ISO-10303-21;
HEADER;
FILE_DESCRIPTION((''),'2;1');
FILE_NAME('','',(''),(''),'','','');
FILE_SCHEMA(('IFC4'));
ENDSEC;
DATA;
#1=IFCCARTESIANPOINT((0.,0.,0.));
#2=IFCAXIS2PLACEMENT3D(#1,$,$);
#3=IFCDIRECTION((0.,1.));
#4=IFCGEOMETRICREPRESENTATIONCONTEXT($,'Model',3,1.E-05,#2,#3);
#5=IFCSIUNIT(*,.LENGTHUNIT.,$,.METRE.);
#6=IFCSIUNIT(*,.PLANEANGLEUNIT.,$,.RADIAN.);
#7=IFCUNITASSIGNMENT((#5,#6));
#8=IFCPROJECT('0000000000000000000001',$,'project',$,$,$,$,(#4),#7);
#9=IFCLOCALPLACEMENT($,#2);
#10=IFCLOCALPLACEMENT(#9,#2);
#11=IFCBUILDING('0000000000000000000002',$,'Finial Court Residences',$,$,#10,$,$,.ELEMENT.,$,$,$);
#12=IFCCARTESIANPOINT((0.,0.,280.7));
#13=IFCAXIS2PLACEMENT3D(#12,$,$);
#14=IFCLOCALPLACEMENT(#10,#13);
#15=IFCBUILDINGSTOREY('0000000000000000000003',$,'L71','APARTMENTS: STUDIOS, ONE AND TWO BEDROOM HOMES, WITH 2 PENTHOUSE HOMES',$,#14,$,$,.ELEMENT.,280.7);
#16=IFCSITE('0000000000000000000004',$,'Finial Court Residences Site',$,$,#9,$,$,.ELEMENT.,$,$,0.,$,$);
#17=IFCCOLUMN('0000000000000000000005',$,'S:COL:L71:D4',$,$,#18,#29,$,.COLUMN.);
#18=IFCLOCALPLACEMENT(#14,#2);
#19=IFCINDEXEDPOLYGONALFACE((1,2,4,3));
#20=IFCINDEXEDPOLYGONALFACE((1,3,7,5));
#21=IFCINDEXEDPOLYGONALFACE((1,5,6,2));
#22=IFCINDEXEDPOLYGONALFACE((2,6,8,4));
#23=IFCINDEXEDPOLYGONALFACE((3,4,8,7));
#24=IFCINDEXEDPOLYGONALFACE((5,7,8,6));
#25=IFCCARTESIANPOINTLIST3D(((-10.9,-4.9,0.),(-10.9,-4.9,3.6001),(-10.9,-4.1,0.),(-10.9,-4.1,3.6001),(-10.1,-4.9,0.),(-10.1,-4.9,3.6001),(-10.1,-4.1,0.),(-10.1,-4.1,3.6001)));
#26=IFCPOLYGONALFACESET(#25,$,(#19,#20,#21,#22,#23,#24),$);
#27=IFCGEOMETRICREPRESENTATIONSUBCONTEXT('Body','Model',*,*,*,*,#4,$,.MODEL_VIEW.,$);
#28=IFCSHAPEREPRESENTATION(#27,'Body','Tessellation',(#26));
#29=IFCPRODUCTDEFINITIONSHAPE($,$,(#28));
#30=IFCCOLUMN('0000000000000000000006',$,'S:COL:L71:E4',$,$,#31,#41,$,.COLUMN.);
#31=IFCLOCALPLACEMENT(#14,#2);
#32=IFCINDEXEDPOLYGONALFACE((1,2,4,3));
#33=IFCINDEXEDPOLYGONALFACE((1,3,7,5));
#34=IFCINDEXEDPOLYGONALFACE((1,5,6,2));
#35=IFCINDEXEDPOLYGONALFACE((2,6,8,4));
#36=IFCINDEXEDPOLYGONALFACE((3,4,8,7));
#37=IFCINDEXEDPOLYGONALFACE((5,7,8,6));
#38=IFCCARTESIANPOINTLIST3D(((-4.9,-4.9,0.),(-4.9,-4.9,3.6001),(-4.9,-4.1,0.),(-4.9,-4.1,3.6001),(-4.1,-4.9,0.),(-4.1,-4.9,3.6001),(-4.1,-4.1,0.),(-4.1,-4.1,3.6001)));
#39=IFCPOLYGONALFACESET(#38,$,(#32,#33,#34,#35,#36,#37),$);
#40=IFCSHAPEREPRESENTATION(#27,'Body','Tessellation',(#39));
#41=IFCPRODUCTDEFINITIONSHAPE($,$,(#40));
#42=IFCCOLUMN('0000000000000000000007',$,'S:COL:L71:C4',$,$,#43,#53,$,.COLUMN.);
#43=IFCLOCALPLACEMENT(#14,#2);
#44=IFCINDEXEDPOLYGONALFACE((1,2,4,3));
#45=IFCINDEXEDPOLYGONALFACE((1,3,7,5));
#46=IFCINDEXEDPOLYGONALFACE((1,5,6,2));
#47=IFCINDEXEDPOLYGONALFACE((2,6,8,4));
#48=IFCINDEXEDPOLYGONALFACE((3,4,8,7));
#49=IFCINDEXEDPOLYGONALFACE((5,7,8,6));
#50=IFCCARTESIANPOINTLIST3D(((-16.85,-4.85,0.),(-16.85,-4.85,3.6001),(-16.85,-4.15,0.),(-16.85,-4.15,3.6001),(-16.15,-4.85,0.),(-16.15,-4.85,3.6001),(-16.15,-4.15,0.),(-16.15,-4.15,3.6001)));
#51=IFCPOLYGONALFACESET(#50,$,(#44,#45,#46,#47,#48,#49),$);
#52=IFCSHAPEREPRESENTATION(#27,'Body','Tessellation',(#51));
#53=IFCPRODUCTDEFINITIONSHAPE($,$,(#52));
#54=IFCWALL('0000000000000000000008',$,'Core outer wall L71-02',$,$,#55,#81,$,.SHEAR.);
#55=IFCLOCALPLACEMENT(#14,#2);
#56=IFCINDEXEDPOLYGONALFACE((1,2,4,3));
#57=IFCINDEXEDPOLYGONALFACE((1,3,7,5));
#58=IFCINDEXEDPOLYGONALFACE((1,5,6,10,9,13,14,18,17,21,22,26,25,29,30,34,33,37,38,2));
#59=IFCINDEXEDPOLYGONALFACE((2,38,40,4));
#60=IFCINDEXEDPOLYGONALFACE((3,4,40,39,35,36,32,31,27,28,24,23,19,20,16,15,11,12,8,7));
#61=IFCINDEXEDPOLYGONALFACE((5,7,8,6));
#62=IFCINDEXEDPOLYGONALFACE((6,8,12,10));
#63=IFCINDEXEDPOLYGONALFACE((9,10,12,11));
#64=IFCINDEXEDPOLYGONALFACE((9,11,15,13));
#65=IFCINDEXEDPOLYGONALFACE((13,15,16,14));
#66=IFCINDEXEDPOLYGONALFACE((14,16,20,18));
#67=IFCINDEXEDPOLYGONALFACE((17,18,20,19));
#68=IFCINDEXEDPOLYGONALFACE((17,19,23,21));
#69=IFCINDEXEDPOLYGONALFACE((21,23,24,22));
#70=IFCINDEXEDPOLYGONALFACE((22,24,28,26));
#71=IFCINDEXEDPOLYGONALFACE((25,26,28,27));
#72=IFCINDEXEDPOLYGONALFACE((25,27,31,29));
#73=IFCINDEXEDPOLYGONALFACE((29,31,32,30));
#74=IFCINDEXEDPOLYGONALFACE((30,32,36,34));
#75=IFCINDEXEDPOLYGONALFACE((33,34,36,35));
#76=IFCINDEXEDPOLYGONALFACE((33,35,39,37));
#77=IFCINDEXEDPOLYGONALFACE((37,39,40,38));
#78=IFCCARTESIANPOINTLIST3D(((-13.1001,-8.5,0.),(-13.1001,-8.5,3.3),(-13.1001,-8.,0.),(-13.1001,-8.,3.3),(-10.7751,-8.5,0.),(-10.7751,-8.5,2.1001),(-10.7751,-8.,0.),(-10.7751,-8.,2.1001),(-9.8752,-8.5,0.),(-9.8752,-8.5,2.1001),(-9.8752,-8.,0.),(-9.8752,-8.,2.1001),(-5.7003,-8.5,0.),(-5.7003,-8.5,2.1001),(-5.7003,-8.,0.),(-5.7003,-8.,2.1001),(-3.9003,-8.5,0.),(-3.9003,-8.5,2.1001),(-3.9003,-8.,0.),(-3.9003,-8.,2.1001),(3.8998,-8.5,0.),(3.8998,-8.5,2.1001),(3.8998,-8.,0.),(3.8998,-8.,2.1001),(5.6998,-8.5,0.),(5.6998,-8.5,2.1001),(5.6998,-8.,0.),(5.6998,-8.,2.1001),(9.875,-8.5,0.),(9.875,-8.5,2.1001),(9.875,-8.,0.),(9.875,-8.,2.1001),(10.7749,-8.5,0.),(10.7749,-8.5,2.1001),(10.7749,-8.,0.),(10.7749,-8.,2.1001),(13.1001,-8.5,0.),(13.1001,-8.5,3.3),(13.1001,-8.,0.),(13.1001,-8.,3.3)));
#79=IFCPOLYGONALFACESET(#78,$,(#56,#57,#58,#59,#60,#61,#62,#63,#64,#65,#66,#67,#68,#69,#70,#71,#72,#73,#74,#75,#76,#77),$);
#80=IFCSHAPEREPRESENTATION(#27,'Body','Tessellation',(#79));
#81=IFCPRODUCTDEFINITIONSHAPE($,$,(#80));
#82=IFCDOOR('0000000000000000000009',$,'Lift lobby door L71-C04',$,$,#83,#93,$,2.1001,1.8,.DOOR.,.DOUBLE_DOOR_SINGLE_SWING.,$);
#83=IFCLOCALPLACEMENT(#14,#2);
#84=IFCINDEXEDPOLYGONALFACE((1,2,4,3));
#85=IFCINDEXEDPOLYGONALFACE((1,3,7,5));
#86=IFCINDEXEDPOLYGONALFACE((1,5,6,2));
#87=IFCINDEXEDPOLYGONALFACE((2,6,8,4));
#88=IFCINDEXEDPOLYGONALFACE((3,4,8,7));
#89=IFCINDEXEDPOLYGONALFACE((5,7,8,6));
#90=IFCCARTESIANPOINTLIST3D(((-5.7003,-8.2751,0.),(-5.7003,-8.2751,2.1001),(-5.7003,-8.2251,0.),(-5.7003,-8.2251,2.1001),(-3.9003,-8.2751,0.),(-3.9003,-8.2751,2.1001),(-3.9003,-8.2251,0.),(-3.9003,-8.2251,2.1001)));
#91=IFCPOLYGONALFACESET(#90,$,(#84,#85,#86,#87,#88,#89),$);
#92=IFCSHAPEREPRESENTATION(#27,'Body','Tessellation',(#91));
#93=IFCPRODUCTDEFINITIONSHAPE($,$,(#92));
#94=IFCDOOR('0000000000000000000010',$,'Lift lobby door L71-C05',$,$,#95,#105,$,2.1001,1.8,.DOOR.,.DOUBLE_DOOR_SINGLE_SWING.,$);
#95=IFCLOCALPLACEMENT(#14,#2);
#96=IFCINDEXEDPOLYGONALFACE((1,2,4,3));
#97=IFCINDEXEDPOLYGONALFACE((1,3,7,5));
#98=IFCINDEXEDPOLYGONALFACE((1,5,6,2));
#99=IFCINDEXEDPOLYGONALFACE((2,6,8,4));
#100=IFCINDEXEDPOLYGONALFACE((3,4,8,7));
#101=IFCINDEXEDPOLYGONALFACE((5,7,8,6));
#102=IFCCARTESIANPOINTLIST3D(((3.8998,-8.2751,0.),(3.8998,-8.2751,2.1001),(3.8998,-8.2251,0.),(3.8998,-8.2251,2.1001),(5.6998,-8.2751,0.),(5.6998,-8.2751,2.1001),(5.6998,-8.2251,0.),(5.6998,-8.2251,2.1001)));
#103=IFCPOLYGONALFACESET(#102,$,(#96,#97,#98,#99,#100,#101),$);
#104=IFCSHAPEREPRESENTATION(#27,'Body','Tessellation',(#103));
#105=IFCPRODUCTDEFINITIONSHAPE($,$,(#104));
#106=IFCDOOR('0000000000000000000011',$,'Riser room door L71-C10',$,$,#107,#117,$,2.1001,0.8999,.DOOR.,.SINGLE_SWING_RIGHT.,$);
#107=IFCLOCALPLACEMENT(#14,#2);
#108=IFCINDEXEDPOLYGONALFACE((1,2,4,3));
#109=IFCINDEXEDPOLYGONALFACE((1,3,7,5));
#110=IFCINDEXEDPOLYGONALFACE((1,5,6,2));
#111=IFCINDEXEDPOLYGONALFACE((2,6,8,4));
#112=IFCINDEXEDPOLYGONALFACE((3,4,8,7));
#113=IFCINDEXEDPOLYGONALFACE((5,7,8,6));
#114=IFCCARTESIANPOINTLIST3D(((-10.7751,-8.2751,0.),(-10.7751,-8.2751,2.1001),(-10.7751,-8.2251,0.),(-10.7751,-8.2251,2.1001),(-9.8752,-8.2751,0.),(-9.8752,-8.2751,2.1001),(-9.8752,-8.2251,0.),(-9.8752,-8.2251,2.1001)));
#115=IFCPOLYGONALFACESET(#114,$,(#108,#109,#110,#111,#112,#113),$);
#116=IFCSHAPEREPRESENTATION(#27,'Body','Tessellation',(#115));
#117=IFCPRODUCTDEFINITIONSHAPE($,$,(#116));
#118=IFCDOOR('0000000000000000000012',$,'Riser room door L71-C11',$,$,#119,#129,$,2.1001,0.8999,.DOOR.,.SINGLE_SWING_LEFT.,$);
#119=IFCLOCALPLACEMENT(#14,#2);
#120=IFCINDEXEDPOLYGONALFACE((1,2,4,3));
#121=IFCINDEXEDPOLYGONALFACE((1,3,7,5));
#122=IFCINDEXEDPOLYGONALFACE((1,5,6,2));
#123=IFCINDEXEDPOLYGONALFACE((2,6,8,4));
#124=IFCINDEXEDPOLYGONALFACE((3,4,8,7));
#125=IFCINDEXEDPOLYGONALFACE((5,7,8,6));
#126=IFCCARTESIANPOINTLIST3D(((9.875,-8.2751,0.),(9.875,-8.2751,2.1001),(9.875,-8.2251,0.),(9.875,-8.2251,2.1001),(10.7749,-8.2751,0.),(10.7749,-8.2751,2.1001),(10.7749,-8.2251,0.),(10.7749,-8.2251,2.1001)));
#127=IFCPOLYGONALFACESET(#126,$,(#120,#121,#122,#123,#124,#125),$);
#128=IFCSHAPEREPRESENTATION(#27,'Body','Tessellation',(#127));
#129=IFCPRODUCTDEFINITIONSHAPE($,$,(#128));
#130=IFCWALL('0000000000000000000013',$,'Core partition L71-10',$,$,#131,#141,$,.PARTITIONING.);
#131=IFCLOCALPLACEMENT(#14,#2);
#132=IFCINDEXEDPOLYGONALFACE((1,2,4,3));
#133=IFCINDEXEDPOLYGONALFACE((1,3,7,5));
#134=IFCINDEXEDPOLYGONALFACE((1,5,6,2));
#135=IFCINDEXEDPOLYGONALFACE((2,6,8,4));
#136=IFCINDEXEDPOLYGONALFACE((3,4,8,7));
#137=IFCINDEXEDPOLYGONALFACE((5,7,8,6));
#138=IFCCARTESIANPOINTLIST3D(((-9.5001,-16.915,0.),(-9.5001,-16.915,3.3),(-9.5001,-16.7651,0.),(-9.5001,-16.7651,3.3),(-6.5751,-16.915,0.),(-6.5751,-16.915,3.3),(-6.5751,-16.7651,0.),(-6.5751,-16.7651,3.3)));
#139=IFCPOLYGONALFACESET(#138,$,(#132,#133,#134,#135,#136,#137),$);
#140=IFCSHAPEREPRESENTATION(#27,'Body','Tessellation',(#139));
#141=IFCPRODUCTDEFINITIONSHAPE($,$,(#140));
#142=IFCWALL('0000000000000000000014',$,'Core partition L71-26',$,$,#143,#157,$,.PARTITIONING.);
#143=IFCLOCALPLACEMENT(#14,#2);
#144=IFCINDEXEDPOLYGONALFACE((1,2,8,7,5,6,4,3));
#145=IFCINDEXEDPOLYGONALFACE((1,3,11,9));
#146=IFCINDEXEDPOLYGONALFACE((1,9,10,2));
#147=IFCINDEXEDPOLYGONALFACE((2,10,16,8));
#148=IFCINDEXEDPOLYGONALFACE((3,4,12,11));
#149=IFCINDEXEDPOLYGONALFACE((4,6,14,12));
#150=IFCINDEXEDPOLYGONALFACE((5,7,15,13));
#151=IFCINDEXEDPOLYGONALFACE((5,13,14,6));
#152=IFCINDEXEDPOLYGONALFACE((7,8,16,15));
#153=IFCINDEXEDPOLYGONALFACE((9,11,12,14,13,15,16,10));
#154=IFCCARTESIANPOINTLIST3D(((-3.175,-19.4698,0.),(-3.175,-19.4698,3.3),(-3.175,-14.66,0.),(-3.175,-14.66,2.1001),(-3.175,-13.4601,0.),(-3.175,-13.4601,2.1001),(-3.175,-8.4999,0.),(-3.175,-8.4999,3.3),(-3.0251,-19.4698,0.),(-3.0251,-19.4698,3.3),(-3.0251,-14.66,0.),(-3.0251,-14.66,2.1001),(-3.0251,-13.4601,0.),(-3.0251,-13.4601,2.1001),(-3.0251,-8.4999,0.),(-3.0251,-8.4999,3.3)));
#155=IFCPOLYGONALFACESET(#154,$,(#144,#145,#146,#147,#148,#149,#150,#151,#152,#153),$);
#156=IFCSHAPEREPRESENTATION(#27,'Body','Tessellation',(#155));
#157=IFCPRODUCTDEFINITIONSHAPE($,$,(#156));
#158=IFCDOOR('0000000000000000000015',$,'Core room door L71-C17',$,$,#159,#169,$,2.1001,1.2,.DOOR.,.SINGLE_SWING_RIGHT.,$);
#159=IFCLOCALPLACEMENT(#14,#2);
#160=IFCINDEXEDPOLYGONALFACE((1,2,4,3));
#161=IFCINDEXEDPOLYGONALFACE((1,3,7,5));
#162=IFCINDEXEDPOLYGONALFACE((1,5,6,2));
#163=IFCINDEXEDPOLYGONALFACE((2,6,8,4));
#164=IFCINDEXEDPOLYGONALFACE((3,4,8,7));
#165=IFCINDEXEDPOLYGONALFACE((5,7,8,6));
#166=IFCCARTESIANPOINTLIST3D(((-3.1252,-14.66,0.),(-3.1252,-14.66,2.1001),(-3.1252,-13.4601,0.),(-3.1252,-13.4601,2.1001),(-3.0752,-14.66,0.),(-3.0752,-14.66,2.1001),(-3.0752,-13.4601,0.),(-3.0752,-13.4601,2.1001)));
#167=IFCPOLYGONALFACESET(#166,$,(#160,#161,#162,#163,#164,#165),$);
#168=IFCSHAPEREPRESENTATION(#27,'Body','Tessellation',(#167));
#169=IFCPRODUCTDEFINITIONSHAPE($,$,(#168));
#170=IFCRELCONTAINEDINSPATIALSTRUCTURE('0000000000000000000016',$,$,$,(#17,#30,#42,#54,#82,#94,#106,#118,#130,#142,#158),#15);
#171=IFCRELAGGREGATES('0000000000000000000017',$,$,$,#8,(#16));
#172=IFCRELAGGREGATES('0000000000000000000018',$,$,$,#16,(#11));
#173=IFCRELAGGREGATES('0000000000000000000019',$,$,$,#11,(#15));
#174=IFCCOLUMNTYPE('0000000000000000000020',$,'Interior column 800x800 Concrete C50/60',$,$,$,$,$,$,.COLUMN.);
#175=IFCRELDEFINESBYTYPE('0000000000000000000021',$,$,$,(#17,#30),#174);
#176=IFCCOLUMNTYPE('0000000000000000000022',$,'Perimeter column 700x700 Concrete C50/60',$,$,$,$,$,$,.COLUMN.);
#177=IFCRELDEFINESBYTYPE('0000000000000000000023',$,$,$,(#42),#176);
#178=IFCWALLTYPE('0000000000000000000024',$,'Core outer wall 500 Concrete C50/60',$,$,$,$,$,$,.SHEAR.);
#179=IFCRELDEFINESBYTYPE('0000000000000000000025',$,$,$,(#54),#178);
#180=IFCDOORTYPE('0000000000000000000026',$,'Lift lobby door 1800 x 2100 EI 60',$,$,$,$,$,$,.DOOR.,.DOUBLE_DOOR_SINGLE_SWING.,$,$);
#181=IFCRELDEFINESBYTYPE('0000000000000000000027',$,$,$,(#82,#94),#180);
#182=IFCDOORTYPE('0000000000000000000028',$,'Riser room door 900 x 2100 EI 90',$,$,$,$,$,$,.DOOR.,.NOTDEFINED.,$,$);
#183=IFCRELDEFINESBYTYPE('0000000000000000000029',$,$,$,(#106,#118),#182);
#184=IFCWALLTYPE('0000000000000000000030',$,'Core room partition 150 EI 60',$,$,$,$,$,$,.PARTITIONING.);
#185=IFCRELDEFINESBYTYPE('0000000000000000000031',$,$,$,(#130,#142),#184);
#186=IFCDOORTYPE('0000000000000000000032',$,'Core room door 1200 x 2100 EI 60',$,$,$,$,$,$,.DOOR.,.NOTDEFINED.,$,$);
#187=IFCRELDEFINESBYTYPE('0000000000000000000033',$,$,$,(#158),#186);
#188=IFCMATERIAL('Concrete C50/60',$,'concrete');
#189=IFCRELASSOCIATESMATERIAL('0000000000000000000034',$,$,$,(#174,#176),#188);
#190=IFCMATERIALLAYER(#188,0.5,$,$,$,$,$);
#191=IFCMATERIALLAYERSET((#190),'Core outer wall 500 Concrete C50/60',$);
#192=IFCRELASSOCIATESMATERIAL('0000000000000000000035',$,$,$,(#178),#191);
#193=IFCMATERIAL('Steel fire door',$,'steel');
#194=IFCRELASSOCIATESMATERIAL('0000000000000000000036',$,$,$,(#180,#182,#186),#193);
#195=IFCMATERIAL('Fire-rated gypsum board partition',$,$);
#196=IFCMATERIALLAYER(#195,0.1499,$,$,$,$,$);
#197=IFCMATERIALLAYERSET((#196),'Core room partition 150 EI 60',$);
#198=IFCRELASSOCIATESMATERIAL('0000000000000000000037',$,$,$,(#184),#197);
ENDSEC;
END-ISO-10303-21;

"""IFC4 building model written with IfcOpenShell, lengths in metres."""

from ifc_helpers import new_model, si_unit, direction, frame, frame_2d, origin, origin_2d, place, context, subcontext, project, spatial, rectangle, extrude, material, layer, layer_set, material_profile, profile_set, type_object, element, fill, save


model = new_model("IFC4")

# Units and contexts
model_context = context("Model", 3, precision=1e-05, world=origin(), true_north=direction((0.0, 1.0)))
body_context = subcontext(model_context, "Body", "Model", "MODEL_VIEW")
ifc_project = project(units=[si_unit("LENGTHUNIT", "METRE"), si_unit("PLANEANGLEUNIT", "RADIAN")], contexts=[model_context])

# Site, building, storey
site_placement = place(None, origin())
site = spatial("IfcSite", under=ifc_project, at=site_placement, Name="Finial Court Residences Site", CompositionType="ELEMENT", RefElevation=0.0)
building_placement = place(site_placement, origin())
building = spatial("IfcBuilding", under=site, at=building_placement, Name="Finial Court Residences", CompositionType="ELEMENT")
storey_placement = place(building_placement, frame((0.0, 0.0, 280.7)))
storey = spatial("IfcBuildingStorey", under=building, at=storey_placement, Name="L71", Description="APARTMENTS: STUDIOS, ONE AND TWO BEDROOM HOMES, WITH 2 PENTHOUSE HOMES", CompositionType="ELEMENT", Elevation=280.7)

# Columns
ifc_material_1 = material(Name="Concrete C50/60", Category="concrete")
ifc_material_profile_1 = material_profile(ifc_material_1, rectangle(XDim=0.8, YDim=0.8, at=origin_2d()), Name="800x800")
ifc_profile_set_1 = profile_set([ifc_material_profile_1], Name="Concrete C50/60")
column_type_1 = type_object("IfcColumnType", Name="Interior column 800x800 Concrete C50/60", PredefinedType="COLUMN", material=ifc_profile_set_1)
for number, where, z_axis, x_axis, name in (
    (1, (-10.5, -4.5, 0.0), (0.0, 0.0, 1.0), (1.0, 0.0, 0.0), "S:COL:L71:D4"),
    (2, (-4.5, -4.5, 0.0), (0.0, 0.0, 1.0), (1.0, 0.0, 0.0), "S:COL:L71:E4"),
):
    element("IfcColumn", number, at=place(storey_placement, frame(where, z_axis=z_axis, x_axis=x_axis)), inside=storey, type_object=column_type_1, Name=name, PredefinedType="COLUMN", context=body_context, shape_type="SweptSolid", body=[
        extrude(rectangle(XDim=0.8, YDim=0.8, at=origin_2d()), origin(), (0.0, 0.0, 1.0), 3.6001),
    ])
ifc_material_profile_2 = material_profile(ifc_material_1, rectangle(XDim=0.7, YDim=0.7, at=origin_2d()), Name="700x700")
ifc_profile_set_2 = profile_set([ifc_material_profile_2], Name="Concrete C50/60")
column_type_2 = type_object("IfcColumnType", Name="Perimeter column 700x700 Concrete C50/60", PredefinedType="COLUMN", material=ifc_profile_set_2)
column_placement = place(storey_placement, frame((-16.5, -4.5, 0.0), z_axis=(0.0, 0.0, 1.0), x_axis=(1.0, 0.0, 0.0)))
element("IfcColumn", 3, at=column_placement, inside=storey, type_object=column_type_2, Name="S:COL:L71:C4", PredefinedType="COLUMN", context=body_context, shape_type="SweptSolid", body=[
    extrude(rectangle(XDim=0.7, YDim=0.7, at=origin_2d()), origin(), (0.0, 0.0, 1.0), 3.6001),
])

# Wall, openings, doors
ifc_layer_1 = layer(ifc_material_1, 0.5)
ifc_layer_set_1 = layer_set([ifc_layer_1], Name="Core outer wall 500 Concrete C50/60")
wall_type_1 = type_object("IfcWallType", Name="Core outer wall 500 Concrete C50/60", PredefinedType="SHEAR", material=ifc_layer_set_1)
wall_1_placement = place(storey_placement, frame((-13.1001, -8.25, 0.0), z_axis=(0.0, 0.0, 1.0), x_axis=(1.0, 0.0, 0.0)))
wall_1 = element("IfcWall", 4, at=wall_1_placement, inside=storey, type_object=wall_type_1, Name="Core outer wall L71-02", PredefinedType="SHEAR", context=body_context, shape_type="SweptSolid", body=[
    extrude(rectangle(XDim=26.2002, YDim=0.5, at=frame_2d((13.1001, 0.0))), origin(), (0.0, 0.0, 1.0), 3.3),
])
opening_1_placement = place(wall_1_placement, frame((7.3999, 0.0, 0.0)))
opening_1 = element("IfcOpeningElement", 5, at=opening_1_placement, cuts=wall_1, PredefinedType="OPENING", context=body_context, shape_type="SweptSolid", body=[
    extrude(rectangle(XDim=1.8, YDim=2.1001, at=frame_2d((0.8999, 1.05))), frame((0.0, 0.26, 0.0), z_axis=(0.0, -1.0, 0.0), x_axis=(1.0, 0.0, 0.0)), (0.0, 0.0, 1.0), 0.52),
])
opening_2_placement = place(wall_1_placement, frame((17.0, 0.0, 0.0)))
opening_2 = element("IfcOpeningElement", 6, at=opening_2_placement, cuts=wall_1, PredefinedType="OPENING", context=body_context, shape_type="SweptSolid", body=[
    extrude(rectangle(XDim=1.8, YDim=2.1001, at=frame_2d((0.8999, 1.05))), frame((0.0, 0.26, 0.0), z_axis=(0.0, -1.0, 0.0), x_axis=(1.0, 0.0, 0.0)), (0.0, 0.0, 1.0), 0.52),
])
opening_3_placement = place(wall_1_placement, frame((2.325, 0.0, 0.0)))
opening_3 = element("IfcOpeningElement", 7, at=opening_3_placement, cuts=wall_1, PredefinedType="OPENING", context=body_context, shape_type="SweptSolid", body=[
    extrude(rectangle(XDim=0.8999, YDim=2.1001, at=frame_2d((0.45, 1.05))), frame((0.0, 0.26, 0.0), z_axis=(0.0, -1.0, 0.0), x_axis=(1.0, 0.0, 0.0)), (0.0, 0.0, 1.0), 0.52),
])
opening_4_placement = place(wall_1_placement, frame((22.9751, 0.0, 0.0)))
opening_4 = element("IfcOpeningElement", 8, at=opening_4_placement, cuts=wall_1, PredefinedType="OPENING", context=body_context, shape_type="SweptSolid", body=[
    extrude(rectangle(XDim=0.8999, YDim=2.1001, at=frame_2d((0.45, 1.05))), frame((0.0, 0.26, 0.0), z_axis=(0.0, -1.0, 0.0), x_axis=(1.0, 0.0, 0.0)), (0.0, 0.0, 1.0), 0.52),
])
ifc_material_2 = material(Name="Steel fire door", Category="steel")
door_type_1 = type_object("IfcDoorType", Name="Lift lobby door 1800 x 2100 EI 60", OperationType="DOUBLE_DOOR_SINGLE_SWING", PredefinedType="DOOR", material=ifc_material_2)
door_1_placement = place(opening_1_placement, origin())
door_1 = element("IfcDoor", 9, at=door_1_placement, inside=storey, type_object=door_type_1, Name="Lift lobby door L71-C04", OperationType="DOUBLE_DOOR_SINGLE_SWING", OverallHeight=2.1001, OverallWidth=1.8, PredefinedType="DOOR", context=body_context, shape_type="SweptSolid", body=[
    extrude(rectangle(XDim=1.8, YDim=2.1001, at=frame_2d((0.8999, 1.05))), frame((0.0, 0.0249, 0.0), z_axis=(0.0, -1.0, 0.0), x_axis=(1.0, 0.0, 0.0)), (0.0, 0.0, 1.0), 0.05),
])
fill(opening_1, door_1)
door_2_placement = place(opening_2_placement, origin())
door_2 = element("IfcDoor", 10, at=door_2_placement, inside=storey, type_object=door_type_1, Name="Lift lobby door L71-C05", OperationType="DOUBLE_DOOR_SINGLE_SWING", OverallHeight=2.1001, OverallWidth=1.8, PredefinedType="DOOR", context=body_context, shape_type="SweptSolid", body=[
    extrude(rectangle(XDim=1.8, YDim=2.1001, at=frame_2d((0.8999, 1.05))), frame((0.0, 0.0249, 0.0), z_axis=(0.0, -1.0, 0.0), x_axis=(1.0, 0.0, 0.0)), (0.0, 0.0, 1.0), 0.05),
])
fill(opening_2, door_2)
door_type_2 = type_object("IfcDoorType", Name="Riser room door 900 x 2100 EI 90", OperationType="NOTDEFINED", PredefinedType="DOOR", material=ifc_material_2)
door_3_placement = place(opening_3_placement, origin())
door_3 = element("IfcDoor", 11, at=door_3_placement, inside=storey, type_object=door_type_2, Name="Riser room door L71-C10", OperationType="SINGLE_SWING_RIGHT", OverallHeight=2.1001, OverallWidth=0.8999, PredefinedType="DOOR", context=body_context, shape_type="SweptSolid", body=[
    extrude(rectangle(XDim=0.8999, YDim=2.1001, at=frame_2d((0.45, 1.05))), frame((0.0, 0.0249, 0.0), z_axis=(0.0, -1.0, 0.0), x_axis=(1.0, 0.0, 0.0)), (0.0, 0.0, 1.0), 0.05),
])
fill(opening_3, door_3)
door_4_placement = place(opening_4_placement, origin())
door_4 = element("IfcDoor", 12, at=door_4_placement, inside=storey, type_object=door_type_2, Name="Riser room door L71-C11", OperationType="SINGLE_SWING_LEFT", OverallHeight=2.1001, OverallWidth=0.8999, PredefinedType="DOOR", context=body_context, shape_type="SweptSolid", body=[
    extrude(rectangle(XDim=0.8999, YDim=2.1001, at=frame_2d((0.45, 1.05))), frame((0.0, 0.0249, 0.0), z_axis=(0.0, -1.0, 0.0), x_axis=(1.0, 0.0, 0.0)), (0.0, 0.0, 1.0), 0.05),
])
fill(opening_4, door_4)

# Wall
ifc_material_3 = material(Name="Fire-rated gypsum board partition")
ifc_layer_2 = layer(ifc_material_3, 0.1499)
ifc_layer_set_2 = layer_set([ifc_layer_2], Name="Core room partition 150 EI 60")
wall_type_2 = type_object("IfcWallType", Name="Core room partition 150 EI 60", PredefinedType="PARTITIONING", material=ifc_layer_set_2)
wall_2_placement = place(storey_placement, frame((-9.5, -16.8401, 0.0), z_axis=(0.0, 0.0, 1.0), x_axis=(1.0, 0.0, 0.0)))
element("IfcWall", 13, at=wall_2_placement, inside=storey, type_object=wall_type_2, Name="Core partition L71-10", PredefinedType="PARTITIONING", context=body_context, shape_type="SweptSolid", body=[
    extrude(rectangle(XDim=2.925, YDim=0.1499, at=frame_2d((1.4624, 0.0))), origin(), (0.0, 0.0, 1.0), 3.3),
])

# Wall, opening, door
wall_3_placement = place(storey_placement, frame((-3.1001, -8.5, 0.0), z_axis=(0.0, 0.0, 1.0), x_axis=(0.0, -1.0, 0.0)))
wall_3 = element("IfcWall", 14, at=wall_3_placement, inside=storey, type_object=wall_type_2, Name="Core partition L71-26", PredefinedType="PARTITIONING", context=body_context, shape_type="SweptSolid", body=[
    extrude(rectangle(XDim=10.97, YDim=0.1499, at=frame_2d((5.4849, 0.0))), origin(), (0.0, 0.0, 1.0), 3.3),
])
opening_5_placement = place(wall_3_placement, frame((4.96, 0.0, 0.0)))
opening_5 = element("IfcOpeningElement", 15, at=opening_5_placement, cuts=wall_3, PredefinedType="OPENING", context=body_context, shape_type="SweptSolid", body=[
    extrude(rectangle(XDim=1.2, YDim=2.1001, at=frame_2d((0.6001, 1.05))), frame((0.0, 0.085, 0.0), z_axis=(0.0, -1.0, 0.0), x_axis=(1.0, 0.0, 0.0)), (0.0, 0.0, 1.0), 0.1699),
])
door_type_3 = type_object("IfcDoorType", Name="Core room door 1200 x 2100 EI 60", OperationType="NOTDEFINED", PredefinedType="DOOR", material=ifc_material_2)
door_5_placement = place(opening_5_placement, origin())
door_5 = element("IfcDoor", 16, at=door_5_placement, inside=storey, type_object=door_type_3, Name="Core room door L71-C17", OperationType="SINGLE_SWING_RIGHT", OverallHeight=2.1001, OverallWidth=1.2, PredefinedType="DOOR", context=body_context, shape_type="SweptSolid", body=[
    extrude(rectangle(XDim=1.2, YDim=2.1001, at=frame_2d((0.6001, 1.05))), frame((0.0, 0.0249, 0.0), z_axis=(0.0, -1.0, 0.0), x_axis=(1.0, 0.0, 0.0)), (0.0, 0.0, 1.0), 0.05),
])
fill(opening_5, door_5)

save(model, "model.ifc")
